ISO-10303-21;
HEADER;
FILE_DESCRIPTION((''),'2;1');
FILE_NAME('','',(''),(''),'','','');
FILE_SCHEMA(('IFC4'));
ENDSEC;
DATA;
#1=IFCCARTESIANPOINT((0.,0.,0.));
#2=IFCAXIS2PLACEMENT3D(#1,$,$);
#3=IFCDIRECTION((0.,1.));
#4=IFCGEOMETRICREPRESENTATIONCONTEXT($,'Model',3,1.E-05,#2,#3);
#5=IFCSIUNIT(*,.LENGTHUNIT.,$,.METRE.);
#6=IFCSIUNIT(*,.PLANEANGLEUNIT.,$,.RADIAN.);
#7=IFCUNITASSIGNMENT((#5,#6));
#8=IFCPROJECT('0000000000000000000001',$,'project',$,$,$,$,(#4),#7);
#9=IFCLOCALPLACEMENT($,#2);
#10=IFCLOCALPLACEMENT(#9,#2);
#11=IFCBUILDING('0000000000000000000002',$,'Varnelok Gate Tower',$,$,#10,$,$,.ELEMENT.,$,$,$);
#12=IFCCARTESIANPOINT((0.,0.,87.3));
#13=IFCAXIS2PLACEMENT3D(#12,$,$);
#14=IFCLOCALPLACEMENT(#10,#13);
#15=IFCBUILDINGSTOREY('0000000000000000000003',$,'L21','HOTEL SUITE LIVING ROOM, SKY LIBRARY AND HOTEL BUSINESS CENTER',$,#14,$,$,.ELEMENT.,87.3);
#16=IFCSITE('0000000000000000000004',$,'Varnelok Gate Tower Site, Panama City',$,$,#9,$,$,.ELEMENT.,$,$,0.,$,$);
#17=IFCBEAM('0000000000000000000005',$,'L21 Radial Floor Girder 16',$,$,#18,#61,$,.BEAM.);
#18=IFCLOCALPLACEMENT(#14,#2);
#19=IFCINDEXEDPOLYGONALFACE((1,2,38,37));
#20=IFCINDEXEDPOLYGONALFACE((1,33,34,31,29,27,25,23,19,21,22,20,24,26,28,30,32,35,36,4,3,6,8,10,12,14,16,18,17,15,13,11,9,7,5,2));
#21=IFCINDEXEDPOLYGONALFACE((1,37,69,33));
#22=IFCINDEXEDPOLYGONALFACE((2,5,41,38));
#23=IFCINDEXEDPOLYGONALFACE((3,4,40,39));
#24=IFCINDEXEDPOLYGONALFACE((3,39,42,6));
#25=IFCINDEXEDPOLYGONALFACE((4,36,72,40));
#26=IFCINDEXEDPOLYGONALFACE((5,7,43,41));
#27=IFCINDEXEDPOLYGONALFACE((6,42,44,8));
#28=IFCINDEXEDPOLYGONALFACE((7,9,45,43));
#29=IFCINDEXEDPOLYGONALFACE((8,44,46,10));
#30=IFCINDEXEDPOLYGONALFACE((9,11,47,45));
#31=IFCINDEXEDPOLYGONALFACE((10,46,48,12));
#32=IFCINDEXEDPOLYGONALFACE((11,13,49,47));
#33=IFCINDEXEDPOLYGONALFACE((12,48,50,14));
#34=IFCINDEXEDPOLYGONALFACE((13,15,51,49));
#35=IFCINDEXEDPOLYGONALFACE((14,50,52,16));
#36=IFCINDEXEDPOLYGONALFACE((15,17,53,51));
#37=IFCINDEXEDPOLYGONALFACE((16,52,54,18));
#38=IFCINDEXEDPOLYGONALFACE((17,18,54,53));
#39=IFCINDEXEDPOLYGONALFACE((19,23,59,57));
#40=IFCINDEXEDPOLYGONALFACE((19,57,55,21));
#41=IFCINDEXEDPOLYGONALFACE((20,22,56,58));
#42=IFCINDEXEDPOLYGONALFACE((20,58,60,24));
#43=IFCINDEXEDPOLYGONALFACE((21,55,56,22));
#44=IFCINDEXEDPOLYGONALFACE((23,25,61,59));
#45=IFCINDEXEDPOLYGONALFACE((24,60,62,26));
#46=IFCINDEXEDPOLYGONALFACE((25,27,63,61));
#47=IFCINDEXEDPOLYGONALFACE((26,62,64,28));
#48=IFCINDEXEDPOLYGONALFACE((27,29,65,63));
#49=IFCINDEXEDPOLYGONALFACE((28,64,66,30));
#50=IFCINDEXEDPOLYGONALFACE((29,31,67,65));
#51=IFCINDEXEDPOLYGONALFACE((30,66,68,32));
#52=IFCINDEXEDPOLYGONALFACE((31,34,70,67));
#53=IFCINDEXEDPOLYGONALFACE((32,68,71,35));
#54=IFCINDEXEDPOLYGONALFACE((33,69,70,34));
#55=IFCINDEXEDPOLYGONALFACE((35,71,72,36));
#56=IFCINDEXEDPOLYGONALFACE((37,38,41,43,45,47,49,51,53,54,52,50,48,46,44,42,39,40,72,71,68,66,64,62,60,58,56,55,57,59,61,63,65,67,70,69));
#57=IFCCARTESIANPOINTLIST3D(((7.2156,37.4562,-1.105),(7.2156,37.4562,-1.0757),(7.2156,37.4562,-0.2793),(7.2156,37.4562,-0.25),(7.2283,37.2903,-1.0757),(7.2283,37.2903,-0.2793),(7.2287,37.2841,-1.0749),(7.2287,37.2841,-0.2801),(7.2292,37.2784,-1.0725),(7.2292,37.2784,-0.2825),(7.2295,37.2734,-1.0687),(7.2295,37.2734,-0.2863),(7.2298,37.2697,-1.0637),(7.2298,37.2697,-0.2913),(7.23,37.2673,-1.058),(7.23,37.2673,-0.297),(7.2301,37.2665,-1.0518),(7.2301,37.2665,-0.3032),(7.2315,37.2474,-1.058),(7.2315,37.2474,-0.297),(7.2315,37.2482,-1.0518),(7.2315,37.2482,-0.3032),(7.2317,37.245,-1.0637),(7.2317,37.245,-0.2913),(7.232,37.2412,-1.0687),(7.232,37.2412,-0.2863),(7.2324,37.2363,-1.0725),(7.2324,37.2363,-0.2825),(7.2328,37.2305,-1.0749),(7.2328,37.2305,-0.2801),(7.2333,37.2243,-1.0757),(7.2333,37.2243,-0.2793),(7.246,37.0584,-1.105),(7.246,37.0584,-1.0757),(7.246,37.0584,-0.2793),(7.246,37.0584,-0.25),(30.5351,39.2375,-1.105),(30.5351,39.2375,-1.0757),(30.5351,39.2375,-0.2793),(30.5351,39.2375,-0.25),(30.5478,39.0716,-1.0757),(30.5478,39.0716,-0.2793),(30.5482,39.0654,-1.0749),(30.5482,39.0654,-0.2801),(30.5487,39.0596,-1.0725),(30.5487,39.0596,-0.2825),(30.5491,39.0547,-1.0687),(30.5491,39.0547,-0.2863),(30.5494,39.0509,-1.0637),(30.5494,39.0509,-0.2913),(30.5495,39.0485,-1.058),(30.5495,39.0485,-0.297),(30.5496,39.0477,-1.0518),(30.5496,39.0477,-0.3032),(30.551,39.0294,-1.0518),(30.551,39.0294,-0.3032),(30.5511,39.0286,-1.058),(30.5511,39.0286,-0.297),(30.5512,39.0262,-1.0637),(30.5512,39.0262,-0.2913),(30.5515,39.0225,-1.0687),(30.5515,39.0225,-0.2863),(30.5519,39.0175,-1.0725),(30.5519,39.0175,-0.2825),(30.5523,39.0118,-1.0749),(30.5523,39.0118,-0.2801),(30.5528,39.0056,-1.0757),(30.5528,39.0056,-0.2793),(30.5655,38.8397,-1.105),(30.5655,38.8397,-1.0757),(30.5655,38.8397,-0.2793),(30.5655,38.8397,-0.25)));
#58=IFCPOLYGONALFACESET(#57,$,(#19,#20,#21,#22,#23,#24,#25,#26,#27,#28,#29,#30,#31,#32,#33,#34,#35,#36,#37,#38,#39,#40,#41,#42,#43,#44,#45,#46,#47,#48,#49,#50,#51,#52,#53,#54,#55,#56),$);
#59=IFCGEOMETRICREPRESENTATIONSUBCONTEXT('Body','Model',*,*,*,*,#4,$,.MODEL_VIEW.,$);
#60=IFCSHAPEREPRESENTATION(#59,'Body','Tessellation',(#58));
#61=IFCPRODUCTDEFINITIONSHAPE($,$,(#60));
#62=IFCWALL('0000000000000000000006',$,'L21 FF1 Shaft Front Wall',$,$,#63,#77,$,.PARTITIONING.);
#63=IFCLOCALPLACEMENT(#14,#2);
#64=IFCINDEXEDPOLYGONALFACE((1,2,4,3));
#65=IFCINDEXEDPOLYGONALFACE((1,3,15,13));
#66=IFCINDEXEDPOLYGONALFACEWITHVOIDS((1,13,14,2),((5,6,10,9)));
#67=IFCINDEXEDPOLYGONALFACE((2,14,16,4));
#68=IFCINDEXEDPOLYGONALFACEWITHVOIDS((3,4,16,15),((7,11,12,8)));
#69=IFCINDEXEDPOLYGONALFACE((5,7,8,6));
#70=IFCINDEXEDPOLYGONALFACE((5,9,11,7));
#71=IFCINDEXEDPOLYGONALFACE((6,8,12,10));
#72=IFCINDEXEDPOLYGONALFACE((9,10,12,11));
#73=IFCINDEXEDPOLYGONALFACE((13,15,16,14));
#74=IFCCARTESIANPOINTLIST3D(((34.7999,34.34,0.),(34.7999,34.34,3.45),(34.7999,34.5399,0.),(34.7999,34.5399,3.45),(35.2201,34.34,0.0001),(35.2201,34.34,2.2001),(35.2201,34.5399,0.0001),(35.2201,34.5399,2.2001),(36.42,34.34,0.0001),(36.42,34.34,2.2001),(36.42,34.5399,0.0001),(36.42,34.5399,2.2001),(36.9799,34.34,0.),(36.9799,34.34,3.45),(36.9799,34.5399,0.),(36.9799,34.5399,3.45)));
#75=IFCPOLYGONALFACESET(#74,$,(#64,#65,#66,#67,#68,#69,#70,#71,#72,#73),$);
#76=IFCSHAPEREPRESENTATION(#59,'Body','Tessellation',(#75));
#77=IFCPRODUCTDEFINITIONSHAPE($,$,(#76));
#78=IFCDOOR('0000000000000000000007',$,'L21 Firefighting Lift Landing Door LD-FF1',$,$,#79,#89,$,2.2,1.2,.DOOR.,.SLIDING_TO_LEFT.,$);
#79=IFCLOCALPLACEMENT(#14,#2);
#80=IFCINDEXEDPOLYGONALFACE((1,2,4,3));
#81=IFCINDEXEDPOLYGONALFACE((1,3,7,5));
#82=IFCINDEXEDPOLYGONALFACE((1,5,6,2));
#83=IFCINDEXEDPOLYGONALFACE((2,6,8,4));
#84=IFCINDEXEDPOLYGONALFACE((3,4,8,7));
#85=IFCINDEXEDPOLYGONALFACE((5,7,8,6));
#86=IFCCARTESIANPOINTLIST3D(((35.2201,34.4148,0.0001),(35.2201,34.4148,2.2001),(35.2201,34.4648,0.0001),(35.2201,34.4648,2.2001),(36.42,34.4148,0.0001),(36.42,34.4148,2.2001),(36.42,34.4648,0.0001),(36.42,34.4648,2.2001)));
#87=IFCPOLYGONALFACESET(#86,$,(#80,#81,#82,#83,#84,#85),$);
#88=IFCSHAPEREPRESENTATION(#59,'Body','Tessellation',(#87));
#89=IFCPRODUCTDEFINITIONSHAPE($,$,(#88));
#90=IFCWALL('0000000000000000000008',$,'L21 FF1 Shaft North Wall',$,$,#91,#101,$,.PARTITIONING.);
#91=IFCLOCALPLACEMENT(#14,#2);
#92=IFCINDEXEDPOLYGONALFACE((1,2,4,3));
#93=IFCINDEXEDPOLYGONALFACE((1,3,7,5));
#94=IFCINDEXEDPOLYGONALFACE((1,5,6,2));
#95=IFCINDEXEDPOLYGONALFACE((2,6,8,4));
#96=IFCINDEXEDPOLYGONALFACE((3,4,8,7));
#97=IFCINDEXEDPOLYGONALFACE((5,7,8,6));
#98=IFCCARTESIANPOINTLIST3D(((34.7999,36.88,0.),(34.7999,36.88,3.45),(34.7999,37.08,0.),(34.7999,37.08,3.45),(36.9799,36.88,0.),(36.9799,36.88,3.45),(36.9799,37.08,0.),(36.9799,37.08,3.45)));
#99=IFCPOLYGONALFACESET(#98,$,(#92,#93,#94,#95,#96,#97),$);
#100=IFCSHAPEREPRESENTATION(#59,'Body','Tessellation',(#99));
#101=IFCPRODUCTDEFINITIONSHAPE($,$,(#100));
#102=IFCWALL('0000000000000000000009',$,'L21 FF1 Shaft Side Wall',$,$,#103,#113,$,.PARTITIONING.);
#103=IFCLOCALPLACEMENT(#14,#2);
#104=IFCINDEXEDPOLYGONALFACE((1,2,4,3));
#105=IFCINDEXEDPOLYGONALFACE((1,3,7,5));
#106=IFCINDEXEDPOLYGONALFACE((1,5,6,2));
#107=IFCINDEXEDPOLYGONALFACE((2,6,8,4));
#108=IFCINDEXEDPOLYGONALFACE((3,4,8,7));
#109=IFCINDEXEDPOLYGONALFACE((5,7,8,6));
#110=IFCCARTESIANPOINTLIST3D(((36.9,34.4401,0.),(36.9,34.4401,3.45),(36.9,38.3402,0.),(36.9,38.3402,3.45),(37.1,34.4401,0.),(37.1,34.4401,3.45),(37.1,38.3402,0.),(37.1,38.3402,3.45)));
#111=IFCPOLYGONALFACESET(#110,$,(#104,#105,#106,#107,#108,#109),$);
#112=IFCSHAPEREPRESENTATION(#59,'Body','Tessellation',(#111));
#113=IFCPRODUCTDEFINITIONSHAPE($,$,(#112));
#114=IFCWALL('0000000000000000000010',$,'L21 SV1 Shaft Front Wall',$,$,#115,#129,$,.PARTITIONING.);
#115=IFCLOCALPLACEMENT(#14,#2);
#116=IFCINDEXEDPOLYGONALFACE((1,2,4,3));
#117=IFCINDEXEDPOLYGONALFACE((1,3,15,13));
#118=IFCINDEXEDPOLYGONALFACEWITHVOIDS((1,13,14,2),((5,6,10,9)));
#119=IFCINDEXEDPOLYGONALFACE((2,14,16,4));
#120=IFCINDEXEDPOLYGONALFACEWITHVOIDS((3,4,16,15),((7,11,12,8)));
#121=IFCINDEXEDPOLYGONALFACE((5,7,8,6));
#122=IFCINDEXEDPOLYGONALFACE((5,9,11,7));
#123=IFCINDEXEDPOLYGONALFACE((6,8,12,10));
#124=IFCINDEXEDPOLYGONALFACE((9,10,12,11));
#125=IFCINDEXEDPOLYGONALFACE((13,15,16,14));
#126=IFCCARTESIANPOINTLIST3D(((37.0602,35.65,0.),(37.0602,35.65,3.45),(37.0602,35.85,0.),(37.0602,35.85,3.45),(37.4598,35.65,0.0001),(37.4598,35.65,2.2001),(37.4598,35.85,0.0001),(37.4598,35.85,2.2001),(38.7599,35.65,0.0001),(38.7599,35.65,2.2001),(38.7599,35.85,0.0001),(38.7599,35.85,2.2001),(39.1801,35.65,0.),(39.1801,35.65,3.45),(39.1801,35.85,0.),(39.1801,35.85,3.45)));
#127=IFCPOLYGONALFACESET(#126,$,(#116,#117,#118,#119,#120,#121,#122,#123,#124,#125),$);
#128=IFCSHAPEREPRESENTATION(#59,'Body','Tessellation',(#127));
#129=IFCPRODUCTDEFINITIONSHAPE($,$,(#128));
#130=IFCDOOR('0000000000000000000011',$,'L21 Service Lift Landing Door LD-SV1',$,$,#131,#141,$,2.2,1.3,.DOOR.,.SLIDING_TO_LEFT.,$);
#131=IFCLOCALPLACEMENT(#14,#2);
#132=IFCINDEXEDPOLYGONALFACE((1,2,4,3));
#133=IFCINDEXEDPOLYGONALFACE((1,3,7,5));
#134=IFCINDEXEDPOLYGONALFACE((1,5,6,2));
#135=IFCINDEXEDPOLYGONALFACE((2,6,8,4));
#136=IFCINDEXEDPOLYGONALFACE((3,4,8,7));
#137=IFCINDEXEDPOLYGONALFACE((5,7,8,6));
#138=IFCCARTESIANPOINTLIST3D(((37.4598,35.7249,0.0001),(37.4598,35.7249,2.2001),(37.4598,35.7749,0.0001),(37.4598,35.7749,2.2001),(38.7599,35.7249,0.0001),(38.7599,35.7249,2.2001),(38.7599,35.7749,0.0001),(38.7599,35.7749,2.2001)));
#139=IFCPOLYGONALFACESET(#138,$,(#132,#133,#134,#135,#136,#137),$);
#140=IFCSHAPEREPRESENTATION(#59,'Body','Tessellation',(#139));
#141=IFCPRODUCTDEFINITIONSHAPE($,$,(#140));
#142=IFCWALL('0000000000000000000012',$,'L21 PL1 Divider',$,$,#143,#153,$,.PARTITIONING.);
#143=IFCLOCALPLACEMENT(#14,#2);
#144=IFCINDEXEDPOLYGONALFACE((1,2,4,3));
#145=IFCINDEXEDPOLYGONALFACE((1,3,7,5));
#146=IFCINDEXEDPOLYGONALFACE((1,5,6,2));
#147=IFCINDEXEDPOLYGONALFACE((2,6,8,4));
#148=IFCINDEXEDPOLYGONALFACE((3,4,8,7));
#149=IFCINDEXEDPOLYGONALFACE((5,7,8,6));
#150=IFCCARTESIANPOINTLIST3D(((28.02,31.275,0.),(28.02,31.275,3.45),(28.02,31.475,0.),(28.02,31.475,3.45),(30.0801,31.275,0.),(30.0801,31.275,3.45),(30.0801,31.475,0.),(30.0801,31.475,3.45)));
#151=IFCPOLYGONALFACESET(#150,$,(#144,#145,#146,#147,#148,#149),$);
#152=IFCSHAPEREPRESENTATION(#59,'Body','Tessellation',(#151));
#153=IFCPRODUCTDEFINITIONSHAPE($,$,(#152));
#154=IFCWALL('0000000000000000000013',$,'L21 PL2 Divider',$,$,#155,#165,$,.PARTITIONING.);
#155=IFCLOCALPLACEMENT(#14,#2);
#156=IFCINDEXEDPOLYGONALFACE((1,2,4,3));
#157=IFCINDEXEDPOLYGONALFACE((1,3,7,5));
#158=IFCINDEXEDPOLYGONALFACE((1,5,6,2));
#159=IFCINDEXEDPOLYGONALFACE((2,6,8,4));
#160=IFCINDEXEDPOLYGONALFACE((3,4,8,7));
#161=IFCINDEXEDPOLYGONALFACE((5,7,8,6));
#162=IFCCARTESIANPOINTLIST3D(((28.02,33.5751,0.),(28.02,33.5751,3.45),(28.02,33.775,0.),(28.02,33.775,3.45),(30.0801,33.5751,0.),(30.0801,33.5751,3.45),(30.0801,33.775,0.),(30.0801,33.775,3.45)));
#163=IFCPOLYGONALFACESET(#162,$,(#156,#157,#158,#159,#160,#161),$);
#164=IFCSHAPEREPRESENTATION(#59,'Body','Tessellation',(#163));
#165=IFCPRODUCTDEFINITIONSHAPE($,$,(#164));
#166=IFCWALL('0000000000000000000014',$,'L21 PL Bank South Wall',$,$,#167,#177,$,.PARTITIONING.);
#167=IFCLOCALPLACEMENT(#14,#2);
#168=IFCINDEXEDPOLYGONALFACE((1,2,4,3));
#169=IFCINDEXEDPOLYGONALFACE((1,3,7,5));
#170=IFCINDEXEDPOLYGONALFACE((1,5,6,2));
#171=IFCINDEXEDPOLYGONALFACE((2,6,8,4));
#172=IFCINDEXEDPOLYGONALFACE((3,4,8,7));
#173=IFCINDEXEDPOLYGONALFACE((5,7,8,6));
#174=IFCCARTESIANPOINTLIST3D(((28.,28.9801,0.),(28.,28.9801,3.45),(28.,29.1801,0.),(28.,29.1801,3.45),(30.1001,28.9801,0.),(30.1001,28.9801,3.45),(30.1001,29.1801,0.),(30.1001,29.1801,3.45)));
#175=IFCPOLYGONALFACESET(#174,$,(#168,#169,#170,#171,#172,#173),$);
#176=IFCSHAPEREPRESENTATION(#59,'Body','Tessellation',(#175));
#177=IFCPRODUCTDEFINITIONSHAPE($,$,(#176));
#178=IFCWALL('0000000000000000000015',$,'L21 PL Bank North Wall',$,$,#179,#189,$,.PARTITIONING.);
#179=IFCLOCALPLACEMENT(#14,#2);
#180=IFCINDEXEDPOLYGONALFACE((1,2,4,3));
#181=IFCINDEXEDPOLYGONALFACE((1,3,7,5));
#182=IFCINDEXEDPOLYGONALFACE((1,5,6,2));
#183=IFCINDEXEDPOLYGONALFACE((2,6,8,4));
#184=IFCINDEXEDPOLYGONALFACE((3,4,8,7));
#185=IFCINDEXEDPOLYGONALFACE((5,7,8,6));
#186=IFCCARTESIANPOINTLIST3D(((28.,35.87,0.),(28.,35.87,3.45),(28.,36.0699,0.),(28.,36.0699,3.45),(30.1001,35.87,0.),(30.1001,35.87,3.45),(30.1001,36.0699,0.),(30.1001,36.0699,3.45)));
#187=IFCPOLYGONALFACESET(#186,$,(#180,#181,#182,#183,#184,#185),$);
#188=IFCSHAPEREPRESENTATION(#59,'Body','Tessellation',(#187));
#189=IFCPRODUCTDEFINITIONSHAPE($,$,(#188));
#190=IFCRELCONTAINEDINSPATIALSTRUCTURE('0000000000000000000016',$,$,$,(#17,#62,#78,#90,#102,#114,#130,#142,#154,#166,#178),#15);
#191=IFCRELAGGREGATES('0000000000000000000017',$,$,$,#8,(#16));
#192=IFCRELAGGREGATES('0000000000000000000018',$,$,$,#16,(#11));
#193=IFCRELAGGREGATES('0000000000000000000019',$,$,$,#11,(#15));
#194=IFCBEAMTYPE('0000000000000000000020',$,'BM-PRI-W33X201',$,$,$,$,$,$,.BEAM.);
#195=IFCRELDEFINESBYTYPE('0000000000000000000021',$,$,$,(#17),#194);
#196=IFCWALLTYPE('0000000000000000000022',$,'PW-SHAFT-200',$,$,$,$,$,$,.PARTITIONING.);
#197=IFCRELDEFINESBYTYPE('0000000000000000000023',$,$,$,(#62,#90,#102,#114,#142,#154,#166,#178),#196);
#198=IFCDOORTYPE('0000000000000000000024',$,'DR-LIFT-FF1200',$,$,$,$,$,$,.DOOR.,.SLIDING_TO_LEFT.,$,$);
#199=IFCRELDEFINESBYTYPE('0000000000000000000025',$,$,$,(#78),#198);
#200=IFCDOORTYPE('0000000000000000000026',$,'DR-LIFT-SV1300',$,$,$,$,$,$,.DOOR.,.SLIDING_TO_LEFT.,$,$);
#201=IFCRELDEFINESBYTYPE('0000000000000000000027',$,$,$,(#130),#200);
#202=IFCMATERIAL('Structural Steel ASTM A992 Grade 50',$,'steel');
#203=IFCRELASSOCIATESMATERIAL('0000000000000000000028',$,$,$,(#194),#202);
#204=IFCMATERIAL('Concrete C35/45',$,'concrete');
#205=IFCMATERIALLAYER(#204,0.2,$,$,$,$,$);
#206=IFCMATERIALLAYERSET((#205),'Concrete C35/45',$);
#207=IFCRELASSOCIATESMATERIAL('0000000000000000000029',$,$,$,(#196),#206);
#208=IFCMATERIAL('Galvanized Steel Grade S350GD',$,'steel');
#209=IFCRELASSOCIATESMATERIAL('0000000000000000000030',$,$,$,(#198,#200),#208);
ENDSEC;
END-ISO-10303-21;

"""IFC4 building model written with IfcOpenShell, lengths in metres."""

from ifc_helpers import new_model, si_unit, direction, frame, frame_2d, origin, origin_2d, place, context, subcontext, project, spatial, rectangle, i_section, extrude, material, layer, layer_set, material_profile, profile_set, type_object, element, fill, save


model = new_model("IFC4")

# Units and contexts
model_context = context("Model", 3, precision=1e-05, world=origin(), true_north=direction((0.0, 1.0)))
body_context = subcontext(model_context, "Body", "Model", "MODEL_VIEW")
ifc_project = project(units=[si_unit("LENGTHUNIT", "METRE"), si_unit("PLANEANGLEUNIT", "RADIAN")], contexts=[model_context])

# Site, building, storey
site_placement = place(None, origin())
site = spatial("IfcSite", under=ifc_project, at=site_placement, Name="Varnelok Gate Tower Site, Panama City", CompositionType="ELEMENT", RefElevation=0.0)
building_placement = place(site_placement, origin())
building = spatial("IfcBuilding", under=site, at=building_placement, Name="Varnelok Gate Tower", CompositionType="ELEMENT")
storey_placement = place(building_placement, frame((0.0, 0.0, 87.3)))
storey = spatial("IfcBuildingStorey", under=building, at=storey_placement, Name="L21", Description="HOTEL SUITE LIVING ROOM, SKY LIBRARY AND HOTEL BUSINESS CENTER", CompositionType="ELEMENT", Elevation=87.3)

# Beam
ifc_material_1 = material(Name="Structural Steel ASTM A992 Grade 50", Category="steel")
ifc_material_profile = material_profile(ifc_material_1, i_section(OverallWidth=0.3989, OverallDepth=0.855, WebThickness=0.0183, FlangeThickness=0.0293, FilletRadius=0.0239, at=origin_2d()), Name="W33X201")
ifc_profile_set = profile_set([ifc_material_profile], Name="Structural Steel ASTM A992 Grade 50")
beam_type = type_object("IfcBeamType", Name="BM-PRI-W33X201", PredefinedType="BEAM", material=ifc_profile_set)
beam_placement = place(storey_placement, frame((30.5503, 39.0386, -0.6775), z_axis=(-0.997095, -0.076162, 0.0), x_axis=(0.076162, -0.997095, 0.0)))
element("IfcBeam", 1, at=beam_placement, inside=storey, type_object=beam_type, Name="L21 Radial Floor Girder 16", PredefinedType="BEAM", context=body_context, shape_type="SweptSolid", body=[
    extrude(i_section(OverallWidth=0.3989, OverallDepth=0.855, WebThickness=0.0183, FlangeThickness=0.0293, FilletRadius=0.0239, at=origin_2d()), origin(), (0.0, 0.0, 1.0), 23.3875),
])

# Wall, opening, door
ifc_material_2 = material(Name="Concrete C35/45", Category="concrete")
ifc_layer_1 = layer(ifc_material_2, 0.2)
ifc_layer_set_1 = layer_set([ifc_layer_1], Name="Concrete C35/45")
wall_type_1 = type_object("IfcWallType", Name="PW-SHAFT-200", PredefinedType="PARTITIONING", material=ifc_layer_set_1)
wall_1_placement = place(storey_placement, frame((34.8, 34.4399, 0.0), z_axis=(0.0, 0.0, 1.0), x_axis=(1.0, 0.0, 0.0)))
wall_1 = element("IfcWall", 2, at=wall_1_placement, inside=storey, type_object=wall_type_1, Name="L21 FF1 Shaft Front Wall", PredefinedType="PARTITIONING", context=body_context, shape_type="SweptSolid", body=[
    extrude(rectangle(XDim=2.1799, YDim=0.2, at=frame_2d((1.0898, 0.0))), origin(), (0.0, 0.0, 1.0), 3.45),
])
opening_1_placement = place(wall_1_placement, frame((0.4199, 0.0, 0.0)))
opening_1 = element("IfcOpeningElement", 3, at=opening_1_placement, cuts=wall_1, PredefinedType="OPENING", context=body_context, shape_type="SweptSolid", body=[
    extrude(rectangle(XDim=1.2, YDim=2.2, at=frame_2d((0.6001, 1.1001))), frame((0.0, 0.1099, 0.0), z_axis=(0.0, -1.0, 0.0), x_axis=(1.0, 0.0, 0.0)), (0.0, 0.0, 1.0), 0.22),
])
ifc_material_3 = material(Name="Galvanized Steel Grade S350GD", Category="steel")
door_type_1 = type_object("IfcDoorType", Name="DR-LIFT-FF1200", OperationType="SLIDING_TO_LEFT", PredefinedType="DOOR", material=ifc_material_3)
door_1_placement = place(opening_1_placement, origin())
door_1 = element("IfcDoor", 4, at=door_1_placement, inside=storey, type_object=door_type_1, Name="L21 Firefighting Lift Landing Door LD-FF1", OperationType="SLIDING_TO_LEFT", OverallHeight=2.2, OverallWidth=1.2, PredefinedType="DOOR", context=body_context, shape_type="SweptSolid", body=[
    extrude(rectangle(XDim=1.2, YDim=2.2, at=frame_2d((0.6001, 1.1001))), frame((0.0, 0.0249, 0.0), z_axis=(0.0, -1.0, 0.0), x_axis=(1.0, 0.0, 0.0)), (0.0, 0.0, 1.0), 0.05),
])
fill(opening_1, door_1)

# Walls
wall_2_placement = place(storey_placement, frame((34.8, 36.98, 0.0), z_axis=(0.0, 0.0, 1.0), x_axis=(1.0, 0.0, 0.0)))
element("IfcWall", 5, at=wall_2_placement, inside=storey, type_object=wall_type_1, Name="L21 FF1 Shaft North Wall", PredefinedType="PARTITIONING", context=body_context, shape_type="SweptSolid", body=[
    extrude(rectangle(XDim=2.1799, YDim=0.2, at=frame_2d((1.0898, 0.0))), origin(), (0.0, 0.0, 1.0), 3.45),
])
wall_3_placement = place(storey_placement, frame((37.0, 34.4399, 0.0), z_axis=(0.0, 0.0, 1.0), x_axis=(0.0, 1.0, 0.0)))
element("IfcWall", 6, at=wall_3_placement, inside=storey, type_object=wall_type_1, Name="L21 FF1 Shaft Side Wall", PredefinedType="PARTITIONING", context=body_context, shape_type="SweptSolid", body=[
    extrude(rectangle(XDim=3.9001, YDim=0.2, at=frame_2d((1.9502, 0.0))), origin(), (0.0, 0.0, 1.0), 3.45),
])

# Wall, opening, door
wall_4_placement = place(storey_placement, frame((37.0601, 35.75, 0.0), z_axis=(0.0, 0.0, 1.0), x_axis=(1.0, 0.0, 0.0)))
wall_4 = element("IfcWall", 7, at=wall_4_placement, inside=storey, type_object=wall_type_1, Name="L21 SV1 Shaft Front Wall", PredefinedType="PARTITIONING", context=body_context, shape_type="SweptSolid", body=[
    extrude(rectangle(XDim=2.1199, YDim=0.2, at=frame_2d((1.0601, 0.0))), origin(), (0.0, 0.0, 1.0), 3.45),
])
opening_2_placement = place(wall_4_placement, frame((0.3999, 0.0, 0.0)))
opening_2 = element("IfcOpeningElement", 8, at=opening_2_placement, cuts=wall_4, PredefinedType="OPENING", context=body_context, shape_type="SweptSolid", body=[
    extrude(rectangle(XDim=1.3, YDim=2.2, at=frame_2d((0.6499, 1.1001))), frame((0.0, 0.1099, 0.0), z_axis=(0.0, -1.0, 0.0), x_axis=(1.0, 0.0, 0.0)), (0.0, 0.0, 1.0), 0.22),
])
door_type_2 = type_object("IfcDoorType", Name="DR-LIFT-SV1300", OperationType="SLIDING_TO_LEFT", PredefinedType="DOOR", material=ifc_material_3)
door_2_placement = place(opening_2_placement, origin())
door_2 = element("IfcDoor", 9, at=door_2_placement, inside=storey, type_object=door_type_2, Name="L21 Service Lift Landing Door LD-SV1", OperationType="SLIDING_TO_LEFT", OverallHeight=2.2, OverallWidth=1.3, PredefinedType="DOOR", context=body_context, shape_type="SweptSolid", body=[
    extrude(rectangle(XDim=1.3, YDim=2.2, at=frame_2d((0.6499, 1.1001))), frame((0.0, 0.0249, 0.0), z_axis=(0.0, -1.0, 0.0), x_axis=(1.0, 0.0, 0.0)), (0.0, 0.0, 1.0), 0.05),
])
fill(opening_2, door_2)

# Walls
for number, where, z_axis, x_axis, name in (
    (10, (28.02, 31.375, 0.0), (0.0, 0.0, 1.0), (1.0, 0.0, 0.0), "L21 PL1 Divider"),
    (11, (28.02, 33.675, 0.0), (0.0, 0.0, 1.0), (1.0, 0.0, 0.0), "L21 PL2 Divider"),
):
    element("IfcWall", number, at=place(storey_placement, frame(where, z_axis=z_axis, x_axis=x_axis)), inside=storey, type_object=wall_type_1, Name=name, PredefinedType="PARTITIONING", context=body_context, shape_type="SweptSolid", body=[
        extrude(rectangle(XDim=2.0601, YDim=0.2, at=frame_2d((1.03, 0.0))), origin(), (0.0, 0.0, 1.0), 3.45),
    ])
for number, where, z_axis, x_axis, name in (
    (12, (28.0, 29.0801, 0.0), (0.0, 0.0, 1.0), (1.0, 0.0, 0.0), "L21 PL Bank South Wall"),
    (13, (28.0, 35.97, 0.0), (0.0, 0.0, 1.0), (1.0, 0.0, 0.0), "L21 PL Bank North Wall"),
):
    element("IfcWall", number, at=place(storey_placement, frame(where, z_axis=z_axis, x_axis=x_axis)), inside=storey, type_object=wall_type_1, Name=name, PredefinedType="PARTITIONING", context=body_context, shape_type="SweptSolid", body=[
        extrude(rectangle(XDim=2.1001, YDim=0.2, at=frame_2d((1.05, 0.0))), origin(), (0.0, 0.0, 1.0), 3.45),
    ])

save(model, "model.ifc")
